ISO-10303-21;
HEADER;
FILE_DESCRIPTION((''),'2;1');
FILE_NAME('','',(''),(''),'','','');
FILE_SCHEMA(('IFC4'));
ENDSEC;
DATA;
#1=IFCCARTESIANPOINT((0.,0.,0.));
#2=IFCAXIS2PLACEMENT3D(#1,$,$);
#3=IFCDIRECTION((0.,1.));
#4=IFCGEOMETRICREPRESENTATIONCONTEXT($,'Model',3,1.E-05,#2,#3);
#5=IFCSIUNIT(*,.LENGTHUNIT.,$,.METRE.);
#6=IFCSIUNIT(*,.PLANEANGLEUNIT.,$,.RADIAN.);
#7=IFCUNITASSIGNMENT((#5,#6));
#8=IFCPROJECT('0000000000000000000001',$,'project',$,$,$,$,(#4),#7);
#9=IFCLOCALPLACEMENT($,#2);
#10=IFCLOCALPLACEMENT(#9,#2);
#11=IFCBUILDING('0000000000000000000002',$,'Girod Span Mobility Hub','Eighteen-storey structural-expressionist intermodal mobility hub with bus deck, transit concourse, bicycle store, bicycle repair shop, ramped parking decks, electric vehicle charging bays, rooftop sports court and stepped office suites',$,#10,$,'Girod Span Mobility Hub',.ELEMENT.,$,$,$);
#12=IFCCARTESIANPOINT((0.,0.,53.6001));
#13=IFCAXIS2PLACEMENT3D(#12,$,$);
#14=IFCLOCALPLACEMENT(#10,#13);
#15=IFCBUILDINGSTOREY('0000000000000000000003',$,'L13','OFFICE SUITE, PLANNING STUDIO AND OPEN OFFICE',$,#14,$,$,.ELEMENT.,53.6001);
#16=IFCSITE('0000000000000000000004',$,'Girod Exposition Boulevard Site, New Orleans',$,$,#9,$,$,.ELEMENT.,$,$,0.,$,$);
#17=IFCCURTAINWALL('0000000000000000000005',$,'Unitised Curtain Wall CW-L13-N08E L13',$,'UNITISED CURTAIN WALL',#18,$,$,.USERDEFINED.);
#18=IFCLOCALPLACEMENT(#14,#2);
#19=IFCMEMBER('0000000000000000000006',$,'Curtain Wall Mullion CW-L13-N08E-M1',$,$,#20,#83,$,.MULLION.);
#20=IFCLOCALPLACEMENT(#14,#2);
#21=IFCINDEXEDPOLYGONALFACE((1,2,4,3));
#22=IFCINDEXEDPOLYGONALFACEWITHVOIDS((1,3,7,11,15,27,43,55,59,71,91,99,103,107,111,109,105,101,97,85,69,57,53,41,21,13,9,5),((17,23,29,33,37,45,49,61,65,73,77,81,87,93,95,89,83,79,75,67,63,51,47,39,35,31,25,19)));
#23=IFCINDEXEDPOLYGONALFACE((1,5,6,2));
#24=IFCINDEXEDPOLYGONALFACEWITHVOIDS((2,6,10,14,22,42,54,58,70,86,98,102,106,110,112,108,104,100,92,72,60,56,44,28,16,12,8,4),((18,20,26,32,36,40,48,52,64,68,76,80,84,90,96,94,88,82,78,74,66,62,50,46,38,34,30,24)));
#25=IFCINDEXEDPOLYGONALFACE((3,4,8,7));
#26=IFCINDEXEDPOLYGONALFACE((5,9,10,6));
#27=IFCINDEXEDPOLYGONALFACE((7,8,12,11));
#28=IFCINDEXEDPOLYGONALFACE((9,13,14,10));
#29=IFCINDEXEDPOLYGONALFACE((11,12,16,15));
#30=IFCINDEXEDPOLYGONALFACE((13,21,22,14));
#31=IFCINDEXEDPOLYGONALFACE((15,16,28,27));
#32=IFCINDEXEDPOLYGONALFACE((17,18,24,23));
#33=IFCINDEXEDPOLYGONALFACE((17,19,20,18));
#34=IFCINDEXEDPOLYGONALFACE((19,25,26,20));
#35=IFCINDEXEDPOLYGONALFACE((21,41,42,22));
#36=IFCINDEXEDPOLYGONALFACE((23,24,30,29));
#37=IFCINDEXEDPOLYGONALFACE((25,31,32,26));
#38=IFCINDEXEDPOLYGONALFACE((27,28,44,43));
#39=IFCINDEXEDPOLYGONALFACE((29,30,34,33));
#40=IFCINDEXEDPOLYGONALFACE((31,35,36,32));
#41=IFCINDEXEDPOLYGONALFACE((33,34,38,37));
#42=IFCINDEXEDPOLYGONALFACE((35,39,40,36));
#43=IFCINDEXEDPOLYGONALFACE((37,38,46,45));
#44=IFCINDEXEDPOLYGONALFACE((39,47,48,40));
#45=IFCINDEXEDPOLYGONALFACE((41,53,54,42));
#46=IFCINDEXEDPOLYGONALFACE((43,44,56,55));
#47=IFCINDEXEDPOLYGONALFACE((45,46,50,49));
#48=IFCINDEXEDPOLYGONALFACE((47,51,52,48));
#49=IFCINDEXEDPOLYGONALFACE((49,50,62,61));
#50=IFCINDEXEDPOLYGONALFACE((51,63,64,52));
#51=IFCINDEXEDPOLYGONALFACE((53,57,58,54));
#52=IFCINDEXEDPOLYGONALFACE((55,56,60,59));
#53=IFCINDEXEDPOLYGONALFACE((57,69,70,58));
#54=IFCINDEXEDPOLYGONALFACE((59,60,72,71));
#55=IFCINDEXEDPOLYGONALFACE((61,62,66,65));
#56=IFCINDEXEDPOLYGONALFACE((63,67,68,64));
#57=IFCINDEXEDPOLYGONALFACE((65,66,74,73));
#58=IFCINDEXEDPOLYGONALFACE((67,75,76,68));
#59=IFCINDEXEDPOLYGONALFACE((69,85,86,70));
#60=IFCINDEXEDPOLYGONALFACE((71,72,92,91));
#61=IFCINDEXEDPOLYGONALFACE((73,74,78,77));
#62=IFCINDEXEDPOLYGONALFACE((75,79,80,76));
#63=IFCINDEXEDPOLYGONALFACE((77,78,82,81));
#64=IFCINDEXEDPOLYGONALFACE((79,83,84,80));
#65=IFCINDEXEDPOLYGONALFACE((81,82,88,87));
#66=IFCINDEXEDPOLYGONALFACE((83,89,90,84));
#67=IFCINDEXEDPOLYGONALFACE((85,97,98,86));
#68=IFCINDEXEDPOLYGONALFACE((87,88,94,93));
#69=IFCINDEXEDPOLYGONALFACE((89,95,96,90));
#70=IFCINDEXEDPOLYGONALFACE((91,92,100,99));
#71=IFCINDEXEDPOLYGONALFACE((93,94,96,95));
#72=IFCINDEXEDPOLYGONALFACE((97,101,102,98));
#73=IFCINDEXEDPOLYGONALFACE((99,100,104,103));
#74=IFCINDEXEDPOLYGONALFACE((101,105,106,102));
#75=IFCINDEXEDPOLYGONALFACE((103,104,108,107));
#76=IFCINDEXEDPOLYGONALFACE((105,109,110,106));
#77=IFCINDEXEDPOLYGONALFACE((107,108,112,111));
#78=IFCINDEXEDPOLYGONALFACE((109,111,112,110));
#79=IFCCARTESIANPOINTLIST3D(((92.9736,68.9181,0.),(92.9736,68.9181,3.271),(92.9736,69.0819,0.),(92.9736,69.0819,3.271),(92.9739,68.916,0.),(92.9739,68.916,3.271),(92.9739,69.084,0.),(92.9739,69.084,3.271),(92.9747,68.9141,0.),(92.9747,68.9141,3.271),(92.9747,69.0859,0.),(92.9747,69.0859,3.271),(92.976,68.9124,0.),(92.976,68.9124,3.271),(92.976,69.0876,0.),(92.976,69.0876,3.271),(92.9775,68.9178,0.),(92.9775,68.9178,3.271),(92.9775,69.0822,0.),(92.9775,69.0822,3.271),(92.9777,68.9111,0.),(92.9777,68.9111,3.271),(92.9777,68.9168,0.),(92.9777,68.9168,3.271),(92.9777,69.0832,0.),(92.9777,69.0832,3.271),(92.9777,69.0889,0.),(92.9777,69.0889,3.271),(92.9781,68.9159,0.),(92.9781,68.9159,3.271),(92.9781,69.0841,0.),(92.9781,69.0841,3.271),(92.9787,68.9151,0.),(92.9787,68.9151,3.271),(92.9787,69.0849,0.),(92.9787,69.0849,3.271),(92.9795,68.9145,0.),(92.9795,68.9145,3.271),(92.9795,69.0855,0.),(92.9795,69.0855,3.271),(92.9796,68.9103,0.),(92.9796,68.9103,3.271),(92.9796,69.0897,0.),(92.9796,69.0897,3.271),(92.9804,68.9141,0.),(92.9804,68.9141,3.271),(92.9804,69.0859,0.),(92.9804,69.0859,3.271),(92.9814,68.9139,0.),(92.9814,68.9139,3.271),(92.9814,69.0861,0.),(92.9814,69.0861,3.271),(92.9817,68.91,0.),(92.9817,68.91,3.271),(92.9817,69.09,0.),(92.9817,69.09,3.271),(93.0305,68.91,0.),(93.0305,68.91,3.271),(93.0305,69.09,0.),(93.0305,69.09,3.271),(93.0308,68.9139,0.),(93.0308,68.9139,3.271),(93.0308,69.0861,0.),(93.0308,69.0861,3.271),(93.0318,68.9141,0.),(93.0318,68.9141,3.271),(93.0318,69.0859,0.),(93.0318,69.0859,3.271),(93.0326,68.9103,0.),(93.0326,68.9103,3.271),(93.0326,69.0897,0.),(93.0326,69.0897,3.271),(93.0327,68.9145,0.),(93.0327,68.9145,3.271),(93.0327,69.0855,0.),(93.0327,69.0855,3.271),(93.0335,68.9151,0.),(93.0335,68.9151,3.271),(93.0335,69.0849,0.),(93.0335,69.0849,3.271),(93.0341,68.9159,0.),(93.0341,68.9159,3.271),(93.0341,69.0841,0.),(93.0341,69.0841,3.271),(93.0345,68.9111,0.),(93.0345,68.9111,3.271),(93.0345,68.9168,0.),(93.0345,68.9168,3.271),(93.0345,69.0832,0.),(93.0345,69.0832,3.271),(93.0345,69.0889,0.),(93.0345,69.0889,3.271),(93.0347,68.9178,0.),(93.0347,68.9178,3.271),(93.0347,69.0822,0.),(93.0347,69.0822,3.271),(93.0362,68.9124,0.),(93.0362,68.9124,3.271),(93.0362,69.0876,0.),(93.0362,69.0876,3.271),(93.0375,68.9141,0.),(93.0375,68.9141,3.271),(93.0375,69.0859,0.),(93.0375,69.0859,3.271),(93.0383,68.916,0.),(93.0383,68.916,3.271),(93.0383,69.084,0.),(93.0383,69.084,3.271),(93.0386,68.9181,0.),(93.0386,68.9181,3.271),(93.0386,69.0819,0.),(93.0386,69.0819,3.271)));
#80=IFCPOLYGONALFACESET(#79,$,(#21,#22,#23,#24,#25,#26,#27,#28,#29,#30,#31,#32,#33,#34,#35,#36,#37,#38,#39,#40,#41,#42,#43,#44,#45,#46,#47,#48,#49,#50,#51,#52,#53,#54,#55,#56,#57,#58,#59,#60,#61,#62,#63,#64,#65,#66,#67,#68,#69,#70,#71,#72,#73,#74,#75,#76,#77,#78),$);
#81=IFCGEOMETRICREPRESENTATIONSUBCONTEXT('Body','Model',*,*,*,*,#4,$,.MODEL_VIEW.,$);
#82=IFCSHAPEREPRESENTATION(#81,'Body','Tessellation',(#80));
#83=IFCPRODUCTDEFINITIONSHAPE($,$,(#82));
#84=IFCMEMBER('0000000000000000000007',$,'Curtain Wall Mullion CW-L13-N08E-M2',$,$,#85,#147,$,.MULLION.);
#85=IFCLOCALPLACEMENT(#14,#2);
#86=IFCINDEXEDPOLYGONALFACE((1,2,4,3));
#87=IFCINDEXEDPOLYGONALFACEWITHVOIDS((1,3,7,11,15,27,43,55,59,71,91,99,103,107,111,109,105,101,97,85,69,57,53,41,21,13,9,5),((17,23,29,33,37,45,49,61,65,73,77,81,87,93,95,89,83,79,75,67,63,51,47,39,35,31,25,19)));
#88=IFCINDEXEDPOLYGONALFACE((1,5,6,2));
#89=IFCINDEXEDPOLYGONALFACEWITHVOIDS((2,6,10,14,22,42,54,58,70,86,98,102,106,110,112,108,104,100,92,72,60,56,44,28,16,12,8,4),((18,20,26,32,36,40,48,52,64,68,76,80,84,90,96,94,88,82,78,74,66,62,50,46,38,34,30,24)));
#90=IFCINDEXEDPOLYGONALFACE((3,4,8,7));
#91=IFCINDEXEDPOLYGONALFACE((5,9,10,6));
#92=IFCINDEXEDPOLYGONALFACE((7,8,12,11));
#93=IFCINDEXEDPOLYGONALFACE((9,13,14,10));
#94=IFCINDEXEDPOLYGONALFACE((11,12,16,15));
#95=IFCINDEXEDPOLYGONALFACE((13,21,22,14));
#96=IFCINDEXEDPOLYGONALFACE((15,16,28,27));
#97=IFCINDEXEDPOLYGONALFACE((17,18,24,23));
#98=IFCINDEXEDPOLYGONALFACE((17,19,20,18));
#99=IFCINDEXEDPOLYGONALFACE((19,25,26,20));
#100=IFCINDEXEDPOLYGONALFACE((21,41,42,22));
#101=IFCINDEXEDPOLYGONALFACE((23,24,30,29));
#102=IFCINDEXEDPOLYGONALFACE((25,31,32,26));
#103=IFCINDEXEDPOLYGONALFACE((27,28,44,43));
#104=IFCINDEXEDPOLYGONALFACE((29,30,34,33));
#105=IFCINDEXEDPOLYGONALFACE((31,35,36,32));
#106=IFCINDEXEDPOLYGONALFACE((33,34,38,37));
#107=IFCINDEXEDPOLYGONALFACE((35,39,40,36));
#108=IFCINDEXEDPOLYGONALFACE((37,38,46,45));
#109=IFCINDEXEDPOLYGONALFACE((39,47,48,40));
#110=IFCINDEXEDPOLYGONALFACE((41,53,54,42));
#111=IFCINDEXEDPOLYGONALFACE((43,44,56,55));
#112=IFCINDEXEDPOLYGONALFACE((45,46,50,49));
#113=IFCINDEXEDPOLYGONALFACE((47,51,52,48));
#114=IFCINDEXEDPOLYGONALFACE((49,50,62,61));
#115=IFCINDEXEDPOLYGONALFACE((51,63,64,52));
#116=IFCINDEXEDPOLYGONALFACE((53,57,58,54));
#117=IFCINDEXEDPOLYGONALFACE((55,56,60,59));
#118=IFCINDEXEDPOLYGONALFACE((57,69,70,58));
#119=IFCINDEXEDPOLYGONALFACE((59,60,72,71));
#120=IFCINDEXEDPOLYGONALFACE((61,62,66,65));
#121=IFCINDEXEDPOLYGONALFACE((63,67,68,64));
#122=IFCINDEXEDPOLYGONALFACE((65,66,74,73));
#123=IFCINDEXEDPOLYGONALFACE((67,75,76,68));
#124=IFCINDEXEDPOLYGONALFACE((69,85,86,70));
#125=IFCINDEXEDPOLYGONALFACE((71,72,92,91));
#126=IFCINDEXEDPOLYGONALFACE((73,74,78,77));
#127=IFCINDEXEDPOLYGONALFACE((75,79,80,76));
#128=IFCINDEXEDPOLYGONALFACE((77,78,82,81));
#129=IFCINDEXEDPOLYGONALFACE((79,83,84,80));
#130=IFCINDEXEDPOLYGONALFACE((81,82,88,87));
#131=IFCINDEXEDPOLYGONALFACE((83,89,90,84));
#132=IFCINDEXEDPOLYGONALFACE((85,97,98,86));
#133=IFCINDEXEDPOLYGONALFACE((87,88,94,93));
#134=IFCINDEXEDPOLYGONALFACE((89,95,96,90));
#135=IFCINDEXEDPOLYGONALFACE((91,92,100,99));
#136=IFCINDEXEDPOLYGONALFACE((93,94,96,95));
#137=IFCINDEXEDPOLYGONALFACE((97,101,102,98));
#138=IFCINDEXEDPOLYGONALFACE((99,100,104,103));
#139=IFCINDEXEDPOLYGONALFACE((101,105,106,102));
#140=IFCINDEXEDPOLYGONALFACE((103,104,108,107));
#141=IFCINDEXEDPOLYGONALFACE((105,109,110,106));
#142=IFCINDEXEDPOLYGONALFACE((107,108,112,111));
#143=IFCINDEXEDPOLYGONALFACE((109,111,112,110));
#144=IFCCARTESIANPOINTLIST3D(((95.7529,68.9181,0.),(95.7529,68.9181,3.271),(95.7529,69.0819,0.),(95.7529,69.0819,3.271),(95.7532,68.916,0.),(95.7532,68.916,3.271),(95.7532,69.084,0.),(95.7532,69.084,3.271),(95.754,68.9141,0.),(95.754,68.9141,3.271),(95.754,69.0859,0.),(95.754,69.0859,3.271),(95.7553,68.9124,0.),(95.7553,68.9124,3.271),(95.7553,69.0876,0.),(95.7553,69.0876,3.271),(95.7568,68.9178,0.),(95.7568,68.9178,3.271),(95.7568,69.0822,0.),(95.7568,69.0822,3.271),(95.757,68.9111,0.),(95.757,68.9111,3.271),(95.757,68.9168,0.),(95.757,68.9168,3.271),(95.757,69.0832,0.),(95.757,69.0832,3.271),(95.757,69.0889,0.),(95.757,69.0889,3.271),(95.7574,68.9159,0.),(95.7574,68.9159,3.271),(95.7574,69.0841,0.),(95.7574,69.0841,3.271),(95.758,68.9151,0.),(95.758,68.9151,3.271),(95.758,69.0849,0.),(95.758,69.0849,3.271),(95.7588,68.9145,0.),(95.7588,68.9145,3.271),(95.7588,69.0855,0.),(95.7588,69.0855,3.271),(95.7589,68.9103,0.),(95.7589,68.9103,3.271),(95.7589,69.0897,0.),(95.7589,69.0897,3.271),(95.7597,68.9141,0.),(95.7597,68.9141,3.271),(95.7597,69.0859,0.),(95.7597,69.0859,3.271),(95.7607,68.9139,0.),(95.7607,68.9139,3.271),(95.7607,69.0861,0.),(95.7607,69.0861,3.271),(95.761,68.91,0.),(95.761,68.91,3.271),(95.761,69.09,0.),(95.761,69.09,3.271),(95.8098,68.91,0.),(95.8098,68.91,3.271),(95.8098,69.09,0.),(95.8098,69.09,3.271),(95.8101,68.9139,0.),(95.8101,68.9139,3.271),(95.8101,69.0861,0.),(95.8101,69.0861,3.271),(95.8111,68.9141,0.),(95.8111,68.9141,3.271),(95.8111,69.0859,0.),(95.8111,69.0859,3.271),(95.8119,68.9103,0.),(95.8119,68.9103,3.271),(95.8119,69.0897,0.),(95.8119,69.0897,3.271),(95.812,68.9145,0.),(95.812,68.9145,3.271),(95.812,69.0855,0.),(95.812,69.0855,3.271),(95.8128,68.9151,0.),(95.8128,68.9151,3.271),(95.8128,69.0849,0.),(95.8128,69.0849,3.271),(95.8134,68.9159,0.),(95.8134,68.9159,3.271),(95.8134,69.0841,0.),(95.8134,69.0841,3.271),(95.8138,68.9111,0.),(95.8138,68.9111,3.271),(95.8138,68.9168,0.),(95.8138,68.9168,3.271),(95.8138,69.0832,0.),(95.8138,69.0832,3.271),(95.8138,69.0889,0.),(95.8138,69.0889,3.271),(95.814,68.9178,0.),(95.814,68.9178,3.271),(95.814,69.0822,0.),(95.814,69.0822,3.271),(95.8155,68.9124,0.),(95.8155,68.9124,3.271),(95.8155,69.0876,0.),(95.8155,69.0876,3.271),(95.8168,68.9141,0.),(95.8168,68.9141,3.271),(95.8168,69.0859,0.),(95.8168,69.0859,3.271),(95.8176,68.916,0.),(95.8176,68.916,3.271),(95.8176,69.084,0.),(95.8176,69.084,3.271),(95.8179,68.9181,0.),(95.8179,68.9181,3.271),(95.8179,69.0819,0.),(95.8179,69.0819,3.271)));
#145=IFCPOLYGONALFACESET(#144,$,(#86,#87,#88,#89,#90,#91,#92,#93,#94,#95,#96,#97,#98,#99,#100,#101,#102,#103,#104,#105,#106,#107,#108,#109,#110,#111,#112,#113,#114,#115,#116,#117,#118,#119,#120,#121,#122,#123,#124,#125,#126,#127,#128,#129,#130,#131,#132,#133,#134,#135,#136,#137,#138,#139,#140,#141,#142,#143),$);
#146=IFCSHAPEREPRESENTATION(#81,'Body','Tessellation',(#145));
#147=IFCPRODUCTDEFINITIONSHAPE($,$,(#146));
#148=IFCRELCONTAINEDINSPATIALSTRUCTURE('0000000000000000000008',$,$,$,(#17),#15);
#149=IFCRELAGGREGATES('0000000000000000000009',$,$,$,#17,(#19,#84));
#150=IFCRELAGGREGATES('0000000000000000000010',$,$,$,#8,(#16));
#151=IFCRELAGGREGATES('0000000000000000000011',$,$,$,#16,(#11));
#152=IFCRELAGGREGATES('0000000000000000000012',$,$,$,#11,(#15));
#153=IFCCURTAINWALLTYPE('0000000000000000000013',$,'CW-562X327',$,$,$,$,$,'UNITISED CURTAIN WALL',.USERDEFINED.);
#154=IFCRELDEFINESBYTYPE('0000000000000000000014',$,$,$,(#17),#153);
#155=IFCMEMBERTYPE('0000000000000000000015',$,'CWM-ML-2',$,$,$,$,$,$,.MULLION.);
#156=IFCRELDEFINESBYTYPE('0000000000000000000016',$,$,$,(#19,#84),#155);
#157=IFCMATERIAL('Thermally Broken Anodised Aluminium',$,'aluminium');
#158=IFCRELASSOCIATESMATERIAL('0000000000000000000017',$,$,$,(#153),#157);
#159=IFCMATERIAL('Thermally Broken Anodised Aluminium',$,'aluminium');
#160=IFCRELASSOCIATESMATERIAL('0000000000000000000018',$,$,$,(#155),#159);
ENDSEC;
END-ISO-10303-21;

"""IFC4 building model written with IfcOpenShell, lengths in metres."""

from ifc_helpers import new_model, si_unit, direction, frame, origin, origin_2d, place, context, subcontext, project, spatial, hollow_rectangle, extrude, material, material_profile, profile_set, type_object, element, aggregate, save


model = new_model("IFC4")

# Units and contexts
model_context = context("Model", 3, precision=1e-05, world=origin(), true_north=direction((0.0, 1.0)))
body_context = subcontext(model_context, "Body", "Model", "MODEL_VIEW")
ifc_project = project(units=[si_unit("LENGTHUNIT", "METRE"), si_unit("PLANEANGLEUNIT", "RADIAN")], contexts=[model_context])

# Site, building, storey
site_placement = place(None, origin())
site = spatial("IfcSite", under=ifc_project, at=site_placement, Name="Girod Exposition Boulevard Site, New Orleans", CompositionType="ELEMENT", RefElevation=0.0)
building_placement = place(site_placement, origin())
building = spatial("IfcBuilding", under=site, at=building_placement, Name="Girod Span Mobility Hub", Description="Eighteen-storey structural-expressionist intermodal mobility hub with bus deck, transit concourse, bicycle store, bicycle repair shop, ramped parking decks, electric vehicle charging bays, rooftop sports court and stepped office suites", LongName="Girod Span Mobility Hub", CompositionType="ELEMENT")
storey_placement = place(building_placement, frame((0.0, 0.0, 53.6001)))
storey = spatial("IfcBuildingStorey", under=building, at=storey_placement, Name="L13", Description="OFFICE SUITE, PLANNING STUDIO AND OPEN OFFICE", CompositionType="ELEMENT", Elevation=53.6001)

# Curtain wall, members
ifc_material_1 = material(Name="Thermally Broken Anodised Aluminium", Category="aluminium")
curtain_wall_type = type_object("IfcCurtainWallType", Name="CW-562X327", ElementType="UNITISED CURTAIN WALL", PredefinedType="USERDEFINED", material=ifc_material_1)
curtain_wall_1_placement = place(storey_placement, origin())
curtain_wall_1 = element("IfcCurtainWall", 1, at=curtain_wall_1_placement, inside=storey, type_object=curtain_wall_type, Name="Unitised Curtain Wall CW-L13-N08E L13", ObjectType="UNITISED CURTAIN WALL", PredefinedType="USERDEFINED")
ifc_material_2 = material(Name="Thermally Broken Anodised Aluminium", Category="aluminium")
ifc_material_profile_1 = material_profile(ifc_material_2, hollow_rectangle(XDim=0.1799, YDim=0.0649, WallThickness=0.0039, InnerFilletRadius=0.0039, OuterFilletRadius=0.0081, at=origin_2d()), Name="CW-ML-65X180")
ifc_profile_set_1 = profile_set([ifc_material_profile_1], Name="Thermally Broken Anodised Aluminium")
member_type_1 = type_object("IfcMemberType", Name="CWM-ML-2", PredefinedType="MULLION", material=ifc_profile_set_1)
member_1_placement = place(storey_placement, frame((93.0061, 69.0, 0.0), z_axis=(0.0, 0.0, 1.0), x_axis=(0.0, 1.0, 0.0)))
member_1 = element("IfcMember", 2, at=member_1_placement, type_object=member_type_1, Name="Curtain Wall Mullion CW-L13-N08E-M1", PredefinedType="MULLION", context=body_context, shape_type="SweptSolid", body=[
    extrude(hollow_rectangle(XDim=0.1799, YDim=0.0649, WallThickness=0.0039, InnerFilletRadius=0.0039, OuterFilletRadius=0.0081, at=origin_2d()), origin(), (0.0, 0.0, 1.0), 3.271),
])
member_2_placement = place(storey_placement, frame((95.7854, 69.0, 0.0), z_axis=(0.0, 0.0, 1.0), x_axis=(0.0, 1.0, 0.0)))
member_2 = element("IfcMember", 3, at=member_2_placement, type_object=member_type_1, Name="Curtain Wall Mullion CW-L13-N08E-M2", PredefinedType="MULLION", context=body_context, shape_type="SweptSolid", body=[
    extrude(hollow_rectangle(XDim=0.1799, YDim=0.0649, WallThickness=0.0039, InnerFilletRadius=0.0039, OuterFilletRadius=0.0081, at=origin_2d()), origin(), (0.0, 0.0, 1.0), 3.271),
])

aggregate(curtain_wall_1, [member_1, member_2])

save(model, "model.ifc")
